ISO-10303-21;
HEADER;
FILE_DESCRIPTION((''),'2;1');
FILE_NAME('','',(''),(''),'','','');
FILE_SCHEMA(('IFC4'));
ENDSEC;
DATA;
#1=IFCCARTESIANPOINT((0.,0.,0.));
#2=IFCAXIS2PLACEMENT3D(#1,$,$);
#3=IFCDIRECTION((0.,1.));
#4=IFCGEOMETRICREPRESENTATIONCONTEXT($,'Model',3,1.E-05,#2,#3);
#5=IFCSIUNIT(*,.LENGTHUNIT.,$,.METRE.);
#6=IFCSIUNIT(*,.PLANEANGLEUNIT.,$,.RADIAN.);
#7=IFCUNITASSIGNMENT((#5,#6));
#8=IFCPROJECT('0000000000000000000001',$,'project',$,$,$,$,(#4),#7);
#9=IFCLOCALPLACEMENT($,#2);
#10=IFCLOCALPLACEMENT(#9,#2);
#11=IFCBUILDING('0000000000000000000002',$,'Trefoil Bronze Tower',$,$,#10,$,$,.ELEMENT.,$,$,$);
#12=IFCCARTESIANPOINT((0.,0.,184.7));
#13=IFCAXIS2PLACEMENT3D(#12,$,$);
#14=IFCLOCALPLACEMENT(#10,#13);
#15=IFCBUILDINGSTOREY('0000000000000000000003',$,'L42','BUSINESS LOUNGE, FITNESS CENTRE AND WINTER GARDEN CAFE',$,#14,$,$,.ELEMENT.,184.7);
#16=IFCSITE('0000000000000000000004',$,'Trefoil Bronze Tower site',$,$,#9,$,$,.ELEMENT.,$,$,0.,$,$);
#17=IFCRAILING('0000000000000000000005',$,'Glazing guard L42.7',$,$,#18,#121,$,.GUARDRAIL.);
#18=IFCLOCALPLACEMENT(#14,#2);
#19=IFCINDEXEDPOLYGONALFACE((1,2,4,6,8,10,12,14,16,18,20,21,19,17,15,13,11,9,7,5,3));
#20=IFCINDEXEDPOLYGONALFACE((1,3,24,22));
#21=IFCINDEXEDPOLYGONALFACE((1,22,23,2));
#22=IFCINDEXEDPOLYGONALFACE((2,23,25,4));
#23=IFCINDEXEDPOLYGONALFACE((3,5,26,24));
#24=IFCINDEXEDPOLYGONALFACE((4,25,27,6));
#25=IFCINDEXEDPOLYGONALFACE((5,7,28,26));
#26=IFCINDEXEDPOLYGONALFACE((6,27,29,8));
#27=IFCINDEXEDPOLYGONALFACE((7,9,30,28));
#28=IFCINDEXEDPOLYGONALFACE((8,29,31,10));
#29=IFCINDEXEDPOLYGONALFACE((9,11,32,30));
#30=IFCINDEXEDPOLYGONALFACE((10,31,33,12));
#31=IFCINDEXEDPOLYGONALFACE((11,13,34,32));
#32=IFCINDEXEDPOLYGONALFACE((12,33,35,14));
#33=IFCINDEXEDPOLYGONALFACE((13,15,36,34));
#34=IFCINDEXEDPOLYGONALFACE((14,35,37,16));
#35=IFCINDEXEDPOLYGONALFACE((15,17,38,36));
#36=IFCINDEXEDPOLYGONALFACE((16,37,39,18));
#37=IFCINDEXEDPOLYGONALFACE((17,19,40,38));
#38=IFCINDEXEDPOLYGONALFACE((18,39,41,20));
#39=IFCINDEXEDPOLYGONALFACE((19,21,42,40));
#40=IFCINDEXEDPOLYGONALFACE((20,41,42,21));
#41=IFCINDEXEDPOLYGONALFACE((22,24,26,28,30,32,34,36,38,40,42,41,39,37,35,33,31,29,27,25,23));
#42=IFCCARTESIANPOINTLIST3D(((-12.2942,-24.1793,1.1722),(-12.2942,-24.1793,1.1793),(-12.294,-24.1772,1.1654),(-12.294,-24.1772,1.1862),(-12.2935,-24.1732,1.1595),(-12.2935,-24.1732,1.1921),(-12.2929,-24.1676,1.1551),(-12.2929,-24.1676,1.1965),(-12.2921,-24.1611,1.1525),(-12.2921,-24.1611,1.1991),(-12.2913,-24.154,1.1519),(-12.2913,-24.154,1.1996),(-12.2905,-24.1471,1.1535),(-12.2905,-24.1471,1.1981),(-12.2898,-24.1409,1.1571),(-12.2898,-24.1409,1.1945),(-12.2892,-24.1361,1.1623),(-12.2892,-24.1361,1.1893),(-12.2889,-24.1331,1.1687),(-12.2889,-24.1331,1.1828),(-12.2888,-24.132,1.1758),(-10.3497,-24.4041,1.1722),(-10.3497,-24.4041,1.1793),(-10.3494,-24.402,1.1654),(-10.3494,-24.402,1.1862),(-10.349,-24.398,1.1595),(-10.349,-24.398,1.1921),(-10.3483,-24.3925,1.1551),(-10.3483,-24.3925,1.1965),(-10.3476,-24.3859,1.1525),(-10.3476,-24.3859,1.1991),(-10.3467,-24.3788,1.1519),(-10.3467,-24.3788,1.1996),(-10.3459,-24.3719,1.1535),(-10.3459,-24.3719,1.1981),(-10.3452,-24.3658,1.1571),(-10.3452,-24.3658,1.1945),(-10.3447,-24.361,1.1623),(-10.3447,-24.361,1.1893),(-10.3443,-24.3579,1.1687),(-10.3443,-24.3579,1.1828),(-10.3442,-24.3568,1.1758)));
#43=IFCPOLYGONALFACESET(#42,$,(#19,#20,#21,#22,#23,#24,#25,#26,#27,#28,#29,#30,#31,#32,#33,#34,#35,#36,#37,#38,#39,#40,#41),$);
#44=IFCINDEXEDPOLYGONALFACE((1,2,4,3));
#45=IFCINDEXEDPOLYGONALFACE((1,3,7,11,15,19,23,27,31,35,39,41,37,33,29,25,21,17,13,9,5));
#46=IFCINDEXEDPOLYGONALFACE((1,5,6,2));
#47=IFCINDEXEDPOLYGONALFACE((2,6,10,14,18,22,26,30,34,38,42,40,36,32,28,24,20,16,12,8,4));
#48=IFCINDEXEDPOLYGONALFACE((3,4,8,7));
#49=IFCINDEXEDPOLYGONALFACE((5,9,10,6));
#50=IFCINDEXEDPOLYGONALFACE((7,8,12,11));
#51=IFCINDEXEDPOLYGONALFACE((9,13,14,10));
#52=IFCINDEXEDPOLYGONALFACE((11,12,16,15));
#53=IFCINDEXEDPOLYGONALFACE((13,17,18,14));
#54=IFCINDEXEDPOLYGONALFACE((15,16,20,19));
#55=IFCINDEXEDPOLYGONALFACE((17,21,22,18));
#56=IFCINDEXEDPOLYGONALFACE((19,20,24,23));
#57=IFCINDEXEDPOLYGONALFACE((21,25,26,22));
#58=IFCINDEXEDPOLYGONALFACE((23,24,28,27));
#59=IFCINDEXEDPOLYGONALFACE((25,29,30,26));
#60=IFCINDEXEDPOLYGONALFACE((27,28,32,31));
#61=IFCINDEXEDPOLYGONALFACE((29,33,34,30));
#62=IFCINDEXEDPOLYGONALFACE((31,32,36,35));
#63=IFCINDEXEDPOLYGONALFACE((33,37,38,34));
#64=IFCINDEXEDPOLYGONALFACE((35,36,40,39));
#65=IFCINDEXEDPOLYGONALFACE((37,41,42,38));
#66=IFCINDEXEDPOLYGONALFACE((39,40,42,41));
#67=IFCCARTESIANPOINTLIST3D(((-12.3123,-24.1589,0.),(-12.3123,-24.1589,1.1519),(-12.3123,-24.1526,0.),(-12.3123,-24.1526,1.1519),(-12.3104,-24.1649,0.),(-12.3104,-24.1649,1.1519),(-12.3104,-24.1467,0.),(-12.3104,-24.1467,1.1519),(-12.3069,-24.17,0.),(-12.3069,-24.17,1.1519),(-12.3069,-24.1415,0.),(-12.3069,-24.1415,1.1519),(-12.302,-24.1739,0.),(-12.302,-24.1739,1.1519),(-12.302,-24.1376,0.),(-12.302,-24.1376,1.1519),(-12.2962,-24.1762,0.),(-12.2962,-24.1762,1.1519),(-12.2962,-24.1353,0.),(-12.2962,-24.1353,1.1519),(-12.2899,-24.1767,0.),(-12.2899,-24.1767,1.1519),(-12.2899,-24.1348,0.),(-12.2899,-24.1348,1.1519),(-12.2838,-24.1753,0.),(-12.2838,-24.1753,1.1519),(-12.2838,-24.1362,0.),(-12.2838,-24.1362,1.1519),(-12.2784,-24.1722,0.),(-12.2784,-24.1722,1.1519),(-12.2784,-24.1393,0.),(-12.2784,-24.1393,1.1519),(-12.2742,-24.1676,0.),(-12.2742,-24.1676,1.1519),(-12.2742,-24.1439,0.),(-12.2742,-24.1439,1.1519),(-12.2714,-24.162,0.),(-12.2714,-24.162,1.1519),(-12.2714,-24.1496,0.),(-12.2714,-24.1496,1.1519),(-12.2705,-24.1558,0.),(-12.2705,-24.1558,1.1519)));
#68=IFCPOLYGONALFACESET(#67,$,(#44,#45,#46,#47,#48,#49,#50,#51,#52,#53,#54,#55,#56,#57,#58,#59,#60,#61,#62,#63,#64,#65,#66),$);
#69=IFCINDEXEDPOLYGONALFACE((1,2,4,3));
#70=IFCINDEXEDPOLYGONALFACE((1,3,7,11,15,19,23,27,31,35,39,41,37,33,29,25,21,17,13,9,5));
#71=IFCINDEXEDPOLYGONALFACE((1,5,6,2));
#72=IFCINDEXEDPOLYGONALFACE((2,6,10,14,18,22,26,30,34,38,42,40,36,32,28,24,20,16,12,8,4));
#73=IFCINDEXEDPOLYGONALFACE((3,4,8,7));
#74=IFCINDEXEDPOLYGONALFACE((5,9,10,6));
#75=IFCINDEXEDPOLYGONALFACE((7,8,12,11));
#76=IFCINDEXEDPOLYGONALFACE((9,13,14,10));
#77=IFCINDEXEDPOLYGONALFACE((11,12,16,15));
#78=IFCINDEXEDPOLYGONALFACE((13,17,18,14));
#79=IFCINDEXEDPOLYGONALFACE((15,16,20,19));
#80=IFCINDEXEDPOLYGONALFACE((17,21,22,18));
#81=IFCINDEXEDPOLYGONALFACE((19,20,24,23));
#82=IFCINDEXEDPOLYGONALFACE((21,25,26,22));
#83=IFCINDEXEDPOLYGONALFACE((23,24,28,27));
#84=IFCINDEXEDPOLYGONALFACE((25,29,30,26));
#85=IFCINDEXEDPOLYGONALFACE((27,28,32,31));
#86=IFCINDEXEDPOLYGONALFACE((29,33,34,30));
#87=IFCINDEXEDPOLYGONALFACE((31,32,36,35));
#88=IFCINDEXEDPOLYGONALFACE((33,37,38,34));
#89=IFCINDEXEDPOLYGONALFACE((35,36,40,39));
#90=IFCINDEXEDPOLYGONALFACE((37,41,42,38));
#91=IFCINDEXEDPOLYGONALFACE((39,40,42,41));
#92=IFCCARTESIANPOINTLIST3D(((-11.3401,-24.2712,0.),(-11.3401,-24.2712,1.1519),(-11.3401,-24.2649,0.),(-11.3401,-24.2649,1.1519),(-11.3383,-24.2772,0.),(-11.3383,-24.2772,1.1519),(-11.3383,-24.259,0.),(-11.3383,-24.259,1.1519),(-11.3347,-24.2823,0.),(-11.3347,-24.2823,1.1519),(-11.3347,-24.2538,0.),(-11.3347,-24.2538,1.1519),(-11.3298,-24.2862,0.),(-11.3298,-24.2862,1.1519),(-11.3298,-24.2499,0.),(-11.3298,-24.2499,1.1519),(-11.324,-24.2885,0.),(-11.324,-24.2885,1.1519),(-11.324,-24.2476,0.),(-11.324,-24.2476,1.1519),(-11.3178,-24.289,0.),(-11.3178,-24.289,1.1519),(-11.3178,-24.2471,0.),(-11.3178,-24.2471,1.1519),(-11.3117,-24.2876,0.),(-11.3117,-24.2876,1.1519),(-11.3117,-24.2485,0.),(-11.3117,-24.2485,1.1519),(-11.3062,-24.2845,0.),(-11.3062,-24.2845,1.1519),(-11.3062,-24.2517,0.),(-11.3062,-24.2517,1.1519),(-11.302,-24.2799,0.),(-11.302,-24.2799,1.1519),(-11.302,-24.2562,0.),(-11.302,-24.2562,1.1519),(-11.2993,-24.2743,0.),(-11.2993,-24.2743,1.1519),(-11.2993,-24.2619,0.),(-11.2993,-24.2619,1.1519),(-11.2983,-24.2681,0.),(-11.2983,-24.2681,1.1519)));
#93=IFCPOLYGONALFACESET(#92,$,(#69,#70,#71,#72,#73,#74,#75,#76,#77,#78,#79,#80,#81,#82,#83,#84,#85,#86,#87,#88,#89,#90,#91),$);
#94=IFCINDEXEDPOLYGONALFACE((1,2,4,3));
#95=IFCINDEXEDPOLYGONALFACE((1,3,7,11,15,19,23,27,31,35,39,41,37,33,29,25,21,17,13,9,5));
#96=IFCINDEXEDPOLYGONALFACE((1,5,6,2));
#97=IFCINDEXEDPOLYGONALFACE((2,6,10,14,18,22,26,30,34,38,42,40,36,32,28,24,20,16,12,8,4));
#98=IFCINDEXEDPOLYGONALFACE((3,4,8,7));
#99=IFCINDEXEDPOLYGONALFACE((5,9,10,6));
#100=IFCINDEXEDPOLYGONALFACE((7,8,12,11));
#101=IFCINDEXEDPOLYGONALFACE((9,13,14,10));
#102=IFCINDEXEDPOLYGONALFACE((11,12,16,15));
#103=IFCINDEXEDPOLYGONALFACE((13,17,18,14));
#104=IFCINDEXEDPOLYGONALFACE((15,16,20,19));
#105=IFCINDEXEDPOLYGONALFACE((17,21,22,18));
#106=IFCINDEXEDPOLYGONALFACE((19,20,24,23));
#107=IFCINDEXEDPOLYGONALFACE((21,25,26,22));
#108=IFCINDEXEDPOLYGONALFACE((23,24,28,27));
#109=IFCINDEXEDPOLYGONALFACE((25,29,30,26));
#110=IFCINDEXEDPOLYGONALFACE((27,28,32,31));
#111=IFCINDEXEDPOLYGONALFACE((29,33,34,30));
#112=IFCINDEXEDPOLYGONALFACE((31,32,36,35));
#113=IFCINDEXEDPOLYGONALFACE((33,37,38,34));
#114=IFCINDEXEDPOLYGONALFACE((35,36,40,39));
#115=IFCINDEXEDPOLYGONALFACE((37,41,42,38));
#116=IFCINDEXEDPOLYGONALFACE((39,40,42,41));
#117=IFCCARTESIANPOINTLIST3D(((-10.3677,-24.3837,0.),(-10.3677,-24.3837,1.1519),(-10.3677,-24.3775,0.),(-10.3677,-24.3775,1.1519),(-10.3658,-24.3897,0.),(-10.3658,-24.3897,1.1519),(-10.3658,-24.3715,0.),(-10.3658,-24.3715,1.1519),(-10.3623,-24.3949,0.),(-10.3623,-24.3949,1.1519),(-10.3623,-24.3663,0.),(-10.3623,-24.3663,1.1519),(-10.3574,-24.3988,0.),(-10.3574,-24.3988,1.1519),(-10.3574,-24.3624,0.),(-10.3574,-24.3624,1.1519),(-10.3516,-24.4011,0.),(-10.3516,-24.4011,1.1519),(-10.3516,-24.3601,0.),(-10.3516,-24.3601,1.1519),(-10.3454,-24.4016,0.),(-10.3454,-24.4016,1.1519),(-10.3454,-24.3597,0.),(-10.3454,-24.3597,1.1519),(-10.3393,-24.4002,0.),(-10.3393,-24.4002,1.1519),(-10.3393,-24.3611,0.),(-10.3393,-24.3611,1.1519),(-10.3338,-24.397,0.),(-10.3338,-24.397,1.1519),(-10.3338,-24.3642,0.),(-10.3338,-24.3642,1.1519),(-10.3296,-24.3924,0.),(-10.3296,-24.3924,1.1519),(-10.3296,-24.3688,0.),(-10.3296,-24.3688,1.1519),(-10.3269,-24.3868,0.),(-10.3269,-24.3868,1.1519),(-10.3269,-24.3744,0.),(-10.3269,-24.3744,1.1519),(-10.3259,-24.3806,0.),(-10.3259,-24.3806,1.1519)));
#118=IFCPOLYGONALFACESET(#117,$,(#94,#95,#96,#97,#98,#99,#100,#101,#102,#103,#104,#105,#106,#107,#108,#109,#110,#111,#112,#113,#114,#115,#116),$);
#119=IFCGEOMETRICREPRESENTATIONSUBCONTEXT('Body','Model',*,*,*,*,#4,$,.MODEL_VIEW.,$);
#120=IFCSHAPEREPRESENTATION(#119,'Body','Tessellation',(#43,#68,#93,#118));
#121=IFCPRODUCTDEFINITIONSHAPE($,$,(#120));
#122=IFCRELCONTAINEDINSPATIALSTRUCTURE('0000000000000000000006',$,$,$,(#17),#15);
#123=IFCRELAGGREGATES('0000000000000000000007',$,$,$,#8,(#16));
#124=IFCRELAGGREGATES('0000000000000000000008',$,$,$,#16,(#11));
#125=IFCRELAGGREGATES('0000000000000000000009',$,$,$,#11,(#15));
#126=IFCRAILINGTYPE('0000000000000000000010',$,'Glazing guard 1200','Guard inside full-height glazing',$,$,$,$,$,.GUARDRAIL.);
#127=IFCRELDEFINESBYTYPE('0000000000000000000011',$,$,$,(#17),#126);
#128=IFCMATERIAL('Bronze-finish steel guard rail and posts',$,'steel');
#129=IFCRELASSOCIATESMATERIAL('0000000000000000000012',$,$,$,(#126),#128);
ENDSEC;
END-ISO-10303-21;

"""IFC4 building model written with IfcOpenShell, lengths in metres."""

from ifc_helpers import new_model, si_unit, direction, frame, origin, origin_2d, place, context, subcontext, project, spatial, circle, extrude, material, type_object, element, save


model = new_model("IFC4")

# Units and contexts
model_context = context("Model", 3, precision=1e-05, world=origin(), true_north=direction((0.0, 1.0)))
body_context = subcontext(model_context, "Body", "Model", "MODEL_VIEW")
ifc_project = project(units=[si_unit("LENGTHUNIT", "METRE"), si_unit("PLANEANGLEUNIT", "RADIAN")], contexts=[model_context])

# Site, building, storey
site_placement = place(None, origin())
site = spatial("IfcSite", under=ifc_project, at=site_placement, Name="Trefoil Bronze Tower site", CompositionType="ELEMENT", RefElevation=0.0)
building_placement = place(site_placement, origin())
building = spatial("IfcBuilding", under=site, at=building_placement, Name="Trefoil Bronze Tower", CompositionType="ELEMENT")
storey_placement = place(building_placement, frame((0.0, 0.0, 184.7)))
storey = spatial("IfcBuildingStorey", under=building, at=storey_placement, Name="L42", Description="BUSINESS LOUNGE, FITNESS CENTRE AND WINTER GARDEN CAFE", CompositionType="ELEMENT", Elevation=184.7)

# Railing
ifc_material_1 = material(Name="Bronze-finish steel guard rail and posts", Category="steel")
railing_type = type_object("IfcRailingType", Name="Glazing guard 1200", Description="Guard inside full-height glazing", PredefinedType="GUARDRAIL", material=ifc_material_1)
railing_1_placement = place(storey_placement, frame((-12.2915, -24.1558, 0.0)))
element("IfcRailing", 1, at=railing_1_placement, inside=storey, type_object=railing_type, Name="Glazing guard L42.7", PredefinedType="GUARDRAIL", context=body_context, shape_type="SweptSolid", body=[
    extrude(circle(Radius=0.0239, at=origin_2d()), frame((0.0, 0.0, 1.1758), z_axis=(0.993381, -0.114866, 0.0), x_axis=(0.114866, 0.993381, 0.0)), (0.0, 0.0, 1.0), 1.9575),
    extrude(circle(Radius=0.021, at=origin_2d()), origin(), (0.0, 0.0, 1.0), 1.1519),
    extrude(circle(Radius=0.021, at=origin_2d()), frame((0.9722, -0.1123, 0.0)), (0.0, 0.0, 1.0), 1.1519),
    extrude(circle(Radius=0.021, at=origin_2d()), frame((1.9446, -0.2249, 0.0)), (0.0, 0.0, 1.0), 1.1519),
])

save(model, "model.ifc")
